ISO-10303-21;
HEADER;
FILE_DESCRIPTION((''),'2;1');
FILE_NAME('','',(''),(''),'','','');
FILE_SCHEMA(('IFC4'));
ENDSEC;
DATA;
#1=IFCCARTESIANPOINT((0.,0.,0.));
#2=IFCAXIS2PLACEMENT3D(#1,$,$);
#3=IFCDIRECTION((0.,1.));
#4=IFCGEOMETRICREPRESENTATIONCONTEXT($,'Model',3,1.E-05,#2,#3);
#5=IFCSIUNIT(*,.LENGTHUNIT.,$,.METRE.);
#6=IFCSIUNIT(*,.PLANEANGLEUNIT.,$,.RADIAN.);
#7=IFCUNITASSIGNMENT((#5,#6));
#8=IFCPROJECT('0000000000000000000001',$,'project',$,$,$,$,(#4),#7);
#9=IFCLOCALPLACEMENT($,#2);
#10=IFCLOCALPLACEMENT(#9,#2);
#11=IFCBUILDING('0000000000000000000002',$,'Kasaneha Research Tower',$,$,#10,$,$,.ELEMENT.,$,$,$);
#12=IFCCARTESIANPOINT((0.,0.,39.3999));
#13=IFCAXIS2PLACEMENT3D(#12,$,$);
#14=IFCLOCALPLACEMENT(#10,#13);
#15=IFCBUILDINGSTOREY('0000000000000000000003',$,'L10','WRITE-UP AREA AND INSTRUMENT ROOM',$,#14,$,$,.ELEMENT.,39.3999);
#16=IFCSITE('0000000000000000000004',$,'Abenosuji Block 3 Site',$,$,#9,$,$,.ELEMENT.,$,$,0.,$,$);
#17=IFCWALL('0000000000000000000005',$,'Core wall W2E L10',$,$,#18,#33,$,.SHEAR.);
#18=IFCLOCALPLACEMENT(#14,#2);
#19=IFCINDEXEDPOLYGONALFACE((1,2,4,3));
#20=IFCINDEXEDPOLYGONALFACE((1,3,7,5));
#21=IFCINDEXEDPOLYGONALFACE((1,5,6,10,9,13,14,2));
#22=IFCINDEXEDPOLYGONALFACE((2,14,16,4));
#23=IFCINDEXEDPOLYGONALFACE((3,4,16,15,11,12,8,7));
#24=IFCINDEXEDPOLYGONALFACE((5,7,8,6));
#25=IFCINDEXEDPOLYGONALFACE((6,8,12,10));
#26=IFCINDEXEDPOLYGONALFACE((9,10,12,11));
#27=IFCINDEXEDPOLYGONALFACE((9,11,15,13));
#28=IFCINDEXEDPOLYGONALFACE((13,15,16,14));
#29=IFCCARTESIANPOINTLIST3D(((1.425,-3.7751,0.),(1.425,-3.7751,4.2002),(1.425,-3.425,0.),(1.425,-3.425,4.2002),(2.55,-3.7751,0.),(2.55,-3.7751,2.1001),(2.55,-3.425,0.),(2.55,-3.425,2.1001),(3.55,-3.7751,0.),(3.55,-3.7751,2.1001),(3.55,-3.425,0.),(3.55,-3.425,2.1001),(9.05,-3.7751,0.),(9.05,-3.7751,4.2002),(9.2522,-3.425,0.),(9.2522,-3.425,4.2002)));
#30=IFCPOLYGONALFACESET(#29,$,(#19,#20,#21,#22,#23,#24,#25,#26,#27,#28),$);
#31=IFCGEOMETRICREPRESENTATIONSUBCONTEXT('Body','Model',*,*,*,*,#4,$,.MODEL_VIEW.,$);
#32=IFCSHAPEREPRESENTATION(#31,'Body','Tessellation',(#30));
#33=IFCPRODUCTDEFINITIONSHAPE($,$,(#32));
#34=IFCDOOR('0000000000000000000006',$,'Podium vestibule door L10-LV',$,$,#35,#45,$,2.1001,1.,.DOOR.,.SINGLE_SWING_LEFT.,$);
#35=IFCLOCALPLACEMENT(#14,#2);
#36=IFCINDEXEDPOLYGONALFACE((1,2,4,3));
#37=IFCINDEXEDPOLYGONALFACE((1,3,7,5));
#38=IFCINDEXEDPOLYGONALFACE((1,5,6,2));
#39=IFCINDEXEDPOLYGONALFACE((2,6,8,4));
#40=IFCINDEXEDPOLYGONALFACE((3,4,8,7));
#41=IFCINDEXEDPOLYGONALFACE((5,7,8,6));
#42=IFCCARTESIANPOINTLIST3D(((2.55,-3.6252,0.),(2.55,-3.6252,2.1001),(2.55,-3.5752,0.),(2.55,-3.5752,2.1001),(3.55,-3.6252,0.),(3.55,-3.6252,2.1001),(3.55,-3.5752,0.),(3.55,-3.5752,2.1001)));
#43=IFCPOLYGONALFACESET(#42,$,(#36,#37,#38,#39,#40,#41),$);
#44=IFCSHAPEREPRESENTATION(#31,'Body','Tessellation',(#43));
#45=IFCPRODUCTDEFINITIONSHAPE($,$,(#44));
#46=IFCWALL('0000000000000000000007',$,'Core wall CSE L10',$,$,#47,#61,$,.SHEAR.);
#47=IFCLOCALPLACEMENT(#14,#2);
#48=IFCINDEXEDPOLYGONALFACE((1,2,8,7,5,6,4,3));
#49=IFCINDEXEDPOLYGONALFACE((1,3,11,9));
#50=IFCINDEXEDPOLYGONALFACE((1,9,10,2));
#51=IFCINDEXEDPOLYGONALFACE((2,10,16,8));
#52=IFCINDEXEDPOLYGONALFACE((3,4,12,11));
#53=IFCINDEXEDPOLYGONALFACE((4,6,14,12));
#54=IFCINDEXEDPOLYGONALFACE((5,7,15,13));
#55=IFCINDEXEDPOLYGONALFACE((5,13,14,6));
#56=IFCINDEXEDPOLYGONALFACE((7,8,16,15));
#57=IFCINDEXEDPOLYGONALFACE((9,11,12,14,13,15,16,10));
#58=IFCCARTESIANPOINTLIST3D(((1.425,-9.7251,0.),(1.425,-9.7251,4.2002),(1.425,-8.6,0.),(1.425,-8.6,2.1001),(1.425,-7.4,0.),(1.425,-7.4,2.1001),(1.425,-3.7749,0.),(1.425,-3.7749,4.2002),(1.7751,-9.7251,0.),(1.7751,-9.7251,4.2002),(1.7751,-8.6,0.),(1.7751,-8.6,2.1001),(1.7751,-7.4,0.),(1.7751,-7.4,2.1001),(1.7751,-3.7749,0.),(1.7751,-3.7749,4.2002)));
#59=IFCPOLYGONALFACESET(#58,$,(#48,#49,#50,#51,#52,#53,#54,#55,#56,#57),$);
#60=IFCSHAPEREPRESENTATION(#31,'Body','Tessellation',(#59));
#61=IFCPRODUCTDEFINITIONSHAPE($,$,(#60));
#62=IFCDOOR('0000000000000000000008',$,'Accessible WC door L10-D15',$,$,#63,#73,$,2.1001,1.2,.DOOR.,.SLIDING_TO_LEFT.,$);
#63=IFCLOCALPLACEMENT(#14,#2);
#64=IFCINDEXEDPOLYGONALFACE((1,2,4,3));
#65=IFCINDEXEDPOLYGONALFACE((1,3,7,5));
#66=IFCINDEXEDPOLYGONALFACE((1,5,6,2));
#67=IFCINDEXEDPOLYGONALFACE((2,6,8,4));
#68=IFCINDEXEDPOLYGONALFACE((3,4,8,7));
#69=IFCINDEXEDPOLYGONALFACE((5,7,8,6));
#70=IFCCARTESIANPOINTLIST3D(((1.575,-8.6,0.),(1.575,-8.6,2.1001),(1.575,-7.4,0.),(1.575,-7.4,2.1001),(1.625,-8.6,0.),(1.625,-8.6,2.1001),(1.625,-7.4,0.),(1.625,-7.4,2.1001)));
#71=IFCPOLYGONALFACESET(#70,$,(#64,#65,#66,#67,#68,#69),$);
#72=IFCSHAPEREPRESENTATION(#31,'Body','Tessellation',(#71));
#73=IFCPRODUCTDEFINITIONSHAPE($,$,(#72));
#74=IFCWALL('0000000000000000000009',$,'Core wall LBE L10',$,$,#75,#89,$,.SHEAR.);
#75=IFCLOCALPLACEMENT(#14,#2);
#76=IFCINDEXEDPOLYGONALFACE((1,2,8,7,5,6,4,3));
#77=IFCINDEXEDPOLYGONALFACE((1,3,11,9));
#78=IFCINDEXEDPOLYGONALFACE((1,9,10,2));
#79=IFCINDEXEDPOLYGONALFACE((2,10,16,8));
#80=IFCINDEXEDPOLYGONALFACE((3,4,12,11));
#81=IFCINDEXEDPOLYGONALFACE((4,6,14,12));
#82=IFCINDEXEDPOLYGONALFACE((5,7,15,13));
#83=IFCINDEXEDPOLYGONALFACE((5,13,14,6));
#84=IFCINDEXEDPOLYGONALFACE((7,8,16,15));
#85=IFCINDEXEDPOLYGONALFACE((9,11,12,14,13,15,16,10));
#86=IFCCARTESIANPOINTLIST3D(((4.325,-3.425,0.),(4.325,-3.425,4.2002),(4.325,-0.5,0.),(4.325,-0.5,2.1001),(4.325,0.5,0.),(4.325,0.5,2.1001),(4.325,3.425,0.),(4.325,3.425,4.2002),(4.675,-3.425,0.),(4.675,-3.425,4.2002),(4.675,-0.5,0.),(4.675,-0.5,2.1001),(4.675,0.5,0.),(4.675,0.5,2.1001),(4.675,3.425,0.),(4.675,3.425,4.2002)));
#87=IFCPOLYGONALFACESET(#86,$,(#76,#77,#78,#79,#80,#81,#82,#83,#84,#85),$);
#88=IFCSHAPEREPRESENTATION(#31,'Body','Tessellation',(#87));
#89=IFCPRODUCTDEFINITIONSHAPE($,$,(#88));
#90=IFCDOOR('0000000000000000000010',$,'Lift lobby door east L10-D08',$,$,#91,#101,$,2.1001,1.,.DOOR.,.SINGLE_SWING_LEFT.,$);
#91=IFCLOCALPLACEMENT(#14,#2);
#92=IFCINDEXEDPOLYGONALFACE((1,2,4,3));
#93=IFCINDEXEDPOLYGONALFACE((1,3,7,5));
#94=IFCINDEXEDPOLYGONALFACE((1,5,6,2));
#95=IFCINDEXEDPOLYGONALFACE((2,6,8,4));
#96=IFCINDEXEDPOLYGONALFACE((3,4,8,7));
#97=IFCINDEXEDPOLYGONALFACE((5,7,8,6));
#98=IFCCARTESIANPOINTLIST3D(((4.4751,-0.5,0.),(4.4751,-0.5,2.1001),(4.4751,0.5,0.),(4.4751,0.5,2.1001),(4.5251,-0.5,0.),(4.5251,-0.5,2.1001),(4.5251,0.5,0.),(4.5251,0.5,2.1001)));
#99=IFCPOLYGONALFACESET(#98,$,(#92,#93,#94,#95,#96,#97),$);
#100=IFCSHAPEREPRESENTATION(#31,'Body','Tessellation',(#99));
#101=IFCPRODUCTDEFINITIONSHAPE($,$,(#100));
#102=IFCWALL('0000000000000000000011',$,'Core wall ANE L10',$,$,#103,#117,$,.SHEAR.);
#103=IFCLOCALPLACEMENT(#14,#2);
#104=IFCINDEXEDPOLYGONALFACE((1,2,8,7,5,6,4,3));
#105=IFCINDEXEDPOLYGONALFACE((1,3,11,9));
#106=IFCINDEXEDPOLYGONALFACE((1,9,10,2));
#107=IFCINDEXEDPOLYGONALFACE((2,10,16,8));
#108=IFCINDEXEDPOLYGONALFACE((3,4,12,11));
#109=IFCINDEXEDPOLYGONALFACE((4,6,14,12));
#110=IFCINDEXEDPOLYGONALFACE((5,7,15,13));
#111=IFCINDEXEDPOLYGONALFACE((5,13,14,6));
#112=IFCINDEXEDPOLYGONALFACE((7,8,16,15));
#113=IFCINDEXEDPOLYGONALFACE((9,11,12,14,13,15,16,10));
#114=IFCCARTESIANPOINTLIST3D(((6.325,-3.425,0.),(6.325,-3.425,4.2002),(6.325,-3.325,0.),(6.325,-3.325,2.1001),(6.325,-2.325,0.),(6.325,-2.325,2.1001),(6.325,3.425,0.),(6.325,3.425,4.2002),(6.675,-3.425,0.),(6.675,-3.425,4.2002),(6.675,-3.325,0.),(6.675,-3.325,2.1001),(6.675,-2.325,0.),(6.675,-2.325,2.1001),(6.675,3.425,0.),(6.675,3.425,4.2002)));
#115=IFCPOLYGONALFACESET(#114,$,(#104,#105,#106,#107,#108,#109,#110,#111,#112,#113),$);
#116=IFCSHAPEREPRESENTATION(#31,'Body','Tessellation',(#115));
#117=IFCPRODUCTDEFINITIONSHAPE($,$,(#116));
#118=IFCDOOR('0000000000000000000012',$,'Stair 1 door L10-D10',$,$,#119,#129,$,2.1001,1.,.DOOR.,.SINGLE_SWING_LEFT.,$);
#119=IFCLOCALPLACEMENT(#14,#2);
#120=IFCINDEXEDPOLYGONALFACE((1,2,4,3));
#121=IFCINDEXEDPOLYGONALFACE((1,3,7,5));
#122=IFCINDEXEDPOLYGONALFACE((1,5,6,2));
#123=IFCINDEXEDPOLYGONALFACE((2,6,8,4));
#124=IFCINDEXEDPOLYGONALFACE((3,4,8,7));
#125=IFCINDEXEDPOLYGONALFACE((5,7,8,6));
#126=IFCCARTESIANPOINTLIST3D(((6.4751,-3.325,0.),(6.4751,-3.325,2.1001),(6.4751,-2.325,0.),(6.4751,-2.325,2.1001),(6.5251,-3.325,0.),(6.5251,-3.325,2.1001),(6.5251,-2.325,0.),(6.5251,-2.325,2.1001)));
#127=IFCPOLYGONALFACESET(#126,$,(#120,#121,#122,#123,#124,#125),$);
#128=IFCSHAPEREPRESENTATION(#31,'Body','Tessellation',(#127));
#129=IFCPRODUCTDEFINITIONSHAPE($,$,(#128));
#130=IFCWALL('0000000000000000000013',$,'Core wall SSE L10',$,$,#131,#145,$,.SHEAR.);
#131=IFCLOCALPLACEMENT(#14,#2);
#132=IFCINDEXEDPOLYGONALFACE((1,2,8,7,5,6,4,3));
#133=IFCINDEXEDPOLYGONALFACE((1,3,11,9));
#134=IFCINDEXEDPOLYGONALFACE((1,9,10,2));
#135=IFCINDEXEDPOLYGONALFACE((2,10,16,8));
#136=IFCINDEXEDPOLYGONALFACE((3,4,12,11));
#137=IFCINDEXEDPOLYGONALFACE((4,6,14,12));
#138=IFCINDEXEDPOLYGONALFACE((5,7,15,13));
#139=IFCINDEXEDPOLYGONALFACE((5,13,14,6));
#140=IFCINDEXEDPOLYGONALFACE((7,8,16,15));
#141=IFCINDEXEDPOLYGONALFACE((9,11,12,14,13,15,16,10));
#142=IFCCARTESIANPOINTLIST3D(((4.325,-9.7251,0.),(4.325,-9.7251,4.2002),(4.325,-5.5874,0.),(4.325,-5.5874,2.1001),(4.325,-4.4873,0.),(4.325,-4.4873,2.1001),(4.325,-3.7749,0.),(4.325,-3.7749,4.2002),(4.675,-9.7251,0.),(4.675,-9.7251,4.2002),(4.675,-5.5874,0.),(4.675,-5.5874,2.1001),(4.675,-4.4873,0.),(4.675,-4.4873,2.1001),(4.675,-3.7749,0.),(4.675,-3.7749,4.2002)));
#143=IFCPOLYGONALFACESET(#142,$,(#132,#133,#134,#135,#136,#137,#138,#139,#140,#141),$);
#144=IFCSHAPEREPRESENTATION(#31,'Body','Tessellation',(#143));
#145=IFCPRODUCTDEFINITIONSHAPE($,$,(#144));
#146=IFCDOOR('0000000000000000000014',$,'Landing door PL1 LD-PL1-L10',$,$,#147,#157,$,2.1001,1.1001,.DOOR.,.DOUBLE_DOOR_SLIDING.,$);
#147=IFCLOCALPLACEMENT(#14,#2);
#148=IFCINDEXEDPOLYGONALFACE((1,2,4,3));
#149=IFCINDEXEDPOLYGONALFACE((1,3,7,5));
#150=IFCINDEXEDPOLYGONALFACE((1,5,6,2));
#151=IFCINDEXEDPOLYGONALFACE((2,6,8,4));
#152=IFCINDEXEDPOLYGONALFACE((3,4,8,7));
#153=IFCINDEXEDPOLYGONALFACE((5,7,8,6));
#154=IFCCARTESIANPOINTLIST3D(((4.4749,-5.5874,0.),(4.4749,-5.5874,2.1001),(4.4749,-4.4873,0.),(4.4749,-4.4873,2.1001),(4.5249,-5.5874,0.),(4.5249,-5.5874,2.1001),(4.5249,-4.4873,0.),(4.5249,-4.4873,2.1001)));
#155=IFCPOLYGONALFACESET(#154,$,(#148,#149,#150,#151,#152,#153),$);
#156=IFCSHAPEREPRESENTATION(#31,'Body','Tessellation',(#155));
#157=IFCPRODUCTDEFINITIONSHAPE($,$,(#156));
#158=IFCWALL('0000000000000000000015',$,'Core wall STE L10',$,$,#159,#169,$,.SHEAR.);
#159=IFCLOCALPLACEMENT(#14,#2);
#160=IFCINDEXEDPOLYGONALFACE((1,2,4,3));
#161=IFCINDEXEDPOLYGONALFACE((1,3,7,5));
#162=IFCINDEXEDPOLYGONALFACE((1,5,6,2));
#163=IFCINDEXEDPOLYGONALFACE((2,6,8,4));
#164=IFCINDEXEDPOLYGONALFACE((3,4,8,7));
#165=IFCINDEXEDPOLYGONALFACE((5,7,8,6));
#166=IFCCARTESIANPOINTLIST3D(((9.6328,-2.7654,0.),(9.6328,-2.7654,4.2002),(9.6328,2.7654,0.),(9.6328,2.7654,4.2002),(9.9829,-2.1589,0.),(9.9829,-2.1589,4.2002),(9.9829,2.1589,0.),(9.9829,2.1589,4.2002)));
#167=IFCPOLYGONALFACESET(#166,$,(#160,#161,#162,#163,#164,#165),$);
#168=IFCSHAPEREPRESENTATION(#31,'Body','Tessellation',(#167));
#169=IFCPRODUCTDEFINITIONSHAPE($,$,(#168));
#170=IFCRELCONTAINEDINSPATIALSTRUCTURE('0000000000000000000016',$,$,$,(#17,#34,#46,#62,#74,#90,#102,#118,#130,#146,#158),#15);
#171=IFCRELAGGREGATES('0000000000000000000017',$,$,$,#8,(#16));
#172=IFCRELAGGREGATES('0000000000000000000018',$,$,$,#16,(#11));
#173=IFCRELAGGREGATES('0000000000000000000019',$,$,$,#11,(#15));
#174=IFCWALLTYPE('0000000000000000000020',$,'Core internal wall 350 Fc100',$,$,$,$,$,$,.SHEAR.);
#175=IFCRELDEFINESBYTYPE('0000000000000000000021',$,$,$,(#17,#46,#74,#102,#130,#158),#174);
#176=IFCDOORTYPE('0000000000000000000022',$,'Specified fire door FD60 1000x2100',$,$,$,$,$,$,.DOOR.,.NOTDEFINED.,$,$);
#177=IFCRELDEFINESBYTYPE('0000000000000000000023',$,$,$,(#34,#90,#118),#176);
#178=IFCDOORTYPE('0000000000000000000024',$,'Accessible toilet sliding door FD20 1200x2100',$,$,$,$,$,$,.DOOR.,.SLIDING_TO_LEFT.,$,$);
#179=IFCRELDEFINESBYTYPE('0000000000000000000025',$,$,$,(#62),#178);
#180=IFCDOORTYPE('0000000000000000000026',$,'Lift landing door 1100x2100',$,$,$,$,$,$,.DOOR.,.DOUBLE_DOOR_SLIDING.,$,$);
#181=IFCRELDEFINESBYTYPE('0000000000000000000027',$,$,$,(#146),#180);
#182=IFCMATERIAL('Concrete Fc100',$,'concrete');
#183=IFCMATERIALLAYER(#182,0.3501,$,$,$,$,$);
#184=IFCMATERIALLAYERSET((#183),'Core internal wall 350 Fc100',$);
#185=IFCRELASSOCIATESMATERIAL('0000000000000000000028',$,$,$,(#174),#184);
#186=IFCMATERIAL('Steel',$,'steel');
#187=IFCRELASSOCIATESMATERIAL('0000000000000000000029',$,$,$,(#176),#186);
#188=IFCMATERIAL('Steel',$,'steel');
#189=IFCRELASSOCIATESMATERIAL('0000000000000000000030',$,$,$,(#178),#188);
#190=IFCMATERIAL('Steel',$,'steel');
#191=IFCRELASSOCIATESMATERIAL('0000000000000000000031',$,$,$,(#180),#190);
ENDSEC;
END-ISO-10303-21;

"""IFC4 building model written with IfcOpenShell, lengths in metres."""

from ifc_helpers import new_model, si_unit, direction, frame, frame_2d, origin, place, context, subcontext, project, spatial, polyline, rectangle, outline, extrude, material, layer, layer_set, type_object, element, fill, save


model = new_model("IFC4")

# Units and contexts
model_context = context("Model", 3, precision=1e-05, world=origin(), true_north=direction((0.0, 1.0)))
body_context = subcontext(model_context, "Body", "Model", "MODEL_VIEW")
ifc_project = project(units=[si_unit("LENGTHUNIT", "METRE"), si_unit("PLANEANGLEUNIT", "RADIAN")], contexts=[model_context])

# Site, building, storey
site_placement = place(None, origin())
site = spatial("IfcSite", under=ifc_project, at=site_placement, Name="Abenosuji Block 3 Site", CompositionType="ELEMENT", RefElevation=0.0)
building_placement = place(site_placement, origin())
building = spatial("IfcBuilding", under=site, at=building_placement, Name="Kasaneha Research Tower", CompositionType="ELEMENT")
storey_placement = place(building_placement, frame((0.0, 0.0, 39.3999)))
storey = spatial("IfcBuildingStorey", under=building, at=storey_placement, Name="L10", Description="WRITE-UP AREA AND INSTRUMENT ROOM", CompositionType="ELEMENT", Elevation=39.3999)

# Walls, openings, doors
ifc_material_1 = material(Name="Concrete Fc100", Category="concrete")
ifc_layer_1 = layer(ifc_material_1, 0.3501)
ifc_layer_set_1 = layer_set([ifc_layer_1], Name="Core internal wall 350 Fc100")
wall_type_1 = type_object("IfcWallType", Name="Core internal wall 350 Fc100", PredefinedType="SHEAR", material=ifc_layer_set_1)
wall_1_placement = place(storey_placement, frame((1.425, -3.6001, 0.0), z_axis=(0.0, 0.0, 1.0), x_axis=(1.0, 0.0, 0.0)))
wall_1 = element("IfcWall", 1, at=wall_1_placement, inside=storey, type_object=wall_type_1, Name="Core wall W2E L10", PredefinedType="SHEAR", context=body_context, shape_type="SweptSolid", body=[
    extrude(outline(polyline([(0.0, -0.175), (1.125, -0.175), (2.125, -0.175), (7.625, -0.175), (7.8271, 0.175), (2.125, 0.175), (1.125, 0.175), (0.0, 0.175), (0.0, -0.175)])), origin(), (0.0, 0.0, 1.0), 4.2002),
])
opening_1_placement = place(wall_1_placement, frame((1.125, 0.0, 0.0)))
opening_1 = element("IfcOpeningElement", 2, at=opening_1_placement, cuts=wall_1, PredefinedType="OPENING", context=body_context, shape_type="SweptSolid", body=[
    extrude(rectangle(XDim=1.0, YDim=2.1001, at=frame_2d((0.5, 1.05))), frame((0.0, 0.1851, 0.0), z_axis=(0.0, -1.0, 0.0), x_axis=(1.0, 0.0, 0.0)), (0.0, 0.0, 1.0), 0.3701),
])
ifc_material_2 = material(Name="Steel", Category="steel")
door_type_1 = type_object("IfcDoorType", Name="Specified fire door FD60 1000x2100", OperationType="NOTDEFINED", PredefinedType="DOOR", material=ifc_material_2)
door_1_placement = place(opening_1_placement, origin())
door_1 = element("IfcDoor", 3, at=door_1_placement, inside=storey, type_object=door_type_1, Name="Podium vestibule door L10-LV", OperationType="SINGLE_SWING_LEFT", OverallHeight=2.1001, OverallWidth=1.0, PredefinedType="DOOR", context=body_context, shape_type="SweptSolid", body=[
    extrude(rectangle(XDim=1.0, YDim=2.1001, at=frame_2d((0.5, 1.05))), frame((0.0, 0.0249, 0.0), z_axis=(0.0, -1.0, 0.0), x_axis=(1.0, 0.0, 0.0)), (0.0, 0.0, 1.0), 0.05),
])
fill(opening_1, door_1)
wall_2_placement = place(storey_placement, frame((1.6001, -3.7749, 0.0), z_axis=(0.0, 0.0, 1.0), x_axis=(0.0, -1.0, 0.0)))
wall_2 = element("IfcWall", 4, at=wall_2_placement, inside=storey, type_object=wall_type_1, Name="Core wall CSE L10", PredefinedType="SHEAR", context=body_context, shape_type="SweptSolid", body=[
    extrude(rectangle(XDim=5.9502, YDim=0.3501, at=frame_2d((2.9751, 0.0))), origin(), (0.0, 0.0, 1.0), 4.2002),
])
opening_2_placement = place(wall_2_placement, frame((3.625, 0.0, 0.0)))
opening_2 = element("IfcOpeningElement", 5, at=opening_2_placement, cuts=wall_2, PredefinedType="OPENING", context=body_context, shape_type="SweptSolid", body=[
    extrude(rectangle(XDim=1.2, YDim=2.1001, at=frame_2d((0.6001, 1.05))), frame((0.0, 0.1851, 0.0), z_axis=(0.0, -1.0, 0.0), x_axis=(1.0, 0.0, 0.0)), (0.0, 0.0, 1.0), 0.3701),
])
ifc_material_3 = material(Name="Steel", Category="steel")
door_type_2 = type_object("IfcDoorType", Name="Accessible toilet sliding door FD20 1200x2100", OperationType="SLIDING_TO_LEFT", PredefinedType="DOOR", material=ifc_material_3)
door_2_placement = place(opening_2_placement, origin())
door_2 = element("IfcDoor", 6, at=door_2_placement, inside=storey, type_object=door_type_2, Name="Accessible WC door L10-D15", OperationType="SLIDING_TO_LEFT", OverallHeight=2.1001, OverallWidth=1.2, PredefinedType="DOOR", context=body_context, shape_type="SweptSolid", body=[
    extrude(rectangle(XDim=1.2, YDim=2.1001, at=frame_2d((0.6001, 1.05))), frame((0.0, 0.0249, 0.0), z_axis=(0.0, -1.0, 0.0), x_axis=(1.0, 0.0, 0.0)), (0.0, 0.0, 1.0), 0.05),
])
fill(opening_2, door_2)
wall_3_placement = place(storey_placement, frame((4.5, -3.425, 0.0), z_axis=(0.0, 0.0, 1.0), x_axis=(0.0, 1.0, 0.0)))
wall_3 = element("IfcWall", 7, at=wall_3_placement, inside=storey, type_object=wall_type_1, Name="Core wall LBE L10", PredefinedType="SHEAR", context=body_context, shape_type="SweptSolid", body=[
    extrude(rectangle(XDim=6.8501, YDim=0.3501, at=frame_2d((3.425, 0.0))), origin(), (0.0, 0.0, 1.0), 4.2002),
])
opening_3_placement = place(wall_3_placement, frame((2.925, 0.0, 0.0)))
opening_3 = element("IfcOpeningElement", 8, at=opening_3_placement, cuts=wall_3, PredefinedType="OPENING", context=body_context, shape_type="SweptSolid", body=[
    extrude(rectangle(XDim=1.0, YDim=2.1001, at=frame_2d((0.5, 1.05))), frame((0.0, 0.1851, 0.0), z_axis=(0.0, -1.0, 0.0), x_axis=(1.0, 0.0, 0.0)), (0.0, 0.0, 1.0), 0.3701),
])
door_3_placement = place(opening_3_placement, origin())
door_3 = element("IfcDoor", 9, at=door_3_placement, inside=storey, type_object=door_type_1, Name="Lift lobby door east L10-D08", OperationType="SINGLE_SWING_LEFT", OverallHeight=2.1001, OverallWidth=1.0, PredefinedType="DOOR", context=body_context, shape_type="SweptSolid", body=[
    extrude(rectangle(XDim=1.0, YDim=2.1001, at=frame_2d((0.5, 1.05))), frame((0.0, 0.0249, 0.0), z_axis=(0.0, -1.0, 0.0), x_axis=(1.0, 0.0, 0.0)), (0.0, 0.0, 1.0), 0.05),
])
fill(opening_3, door_3)
wall_4_placement = place(storey_placement, frame((6.5, -3.425, 0.0), z_axis=(0.0, 0.0, 1.0), x_axis=(0.0, 1.0, 0.0)))
wall_4 = element("IfcWall", 10, at=wall_4_placement, inside=storey, type_object=wall_type_1, Name="Core wall ANE L10", PredefinedType="SHEAR", context=body_context, shape_type="SweptSolid", body=[
    extrude(rectangle(XDim=6.8501, YDim=0.3501, at=frame_2d((3.425, 0.0))), origin(), (0.0, 0.0, 1.0), 4.2002),
])
opening_4_placement = place(wall_4_placement, frame((0.1001, 0.0, 0.0)))
opening_4 = element("IfcOpeningElement", 11, at=opening_4_placement, cuts=wall_4, PredefinedType="OPENING", context=body_context, shape_type="SweptSolid", body=[
    extrude(rectangle(XDim=1.0, YDim=2.1001, at=frame_2d((0.5, 1.05))), frame((0.0, 0.1851, 0.0), z_axis=(0.0, -1.0, 0.0), x_axis=(1.0, 0.0, 0.0)), (0.0, 0.0, 1.0), 0.3701),
])
door_4_placement = place(opening_4_placement, origin())
door_4 = element("IfcDoor", 12, at=door_4_placement, inside=storey, type_object=door_type_1, Name="Stair 1 door L10-D10", OperationType="SINGLE_SWING_LEFT", OverallHeight=2.1001, OverallWidth=1.0, PredefinedType="DOOR", context=body_context, shape_type="SweptSolid", body=[
    extrude(rectangle(XDim=1.0, YDim=2.1001, at=frame_2d((0.5, 1.05))), frame((0.0, 0.0249, 0.0), z_axis=(0.0, -1.0, 0.0), x_axis=(1.0, 0.0, 0.0)), (0.0, 0.0, 1.0), 0.05),
])
fill(opening_4, door_4)
wall_5_placement = place(storey_placement, frame((4.5, -3.7749, 0.0), z_axis=(0.0, 0.0, 1.0), x_axis=(0.0, -1.0, 0.0)))
wall_5 = element("IfcWall", 13, at=wall_5_placement, inside=storey, type_object=wall_type_1, Name="Core wall SSE L10", PredefinedType="SHEAR", context=body_context, shape_type="SweptSolid", body=[
    extrude(rectangle(XDim=5.9502, YDim=0.3501, at=frame_2d((2.9751, 0.0))), origin(), (0.0, 0.0, 1.0), 4.2002),
])
opening_5_placement = place(wall_5_placement, frame((0.7124, 0.0, 0.0)))
opening_5 = element("IfcOpeningElement", 14, at=opening_5_placement, cuts=wall_5, PredefinedType="OPENING", context=body_context, shape_type="SweptSolid", body=[
    extrude(rectangle(XDim=1.1001, YDim=2.1001, at=frame_2d((0.55, 1.05))), frame((0.0, 0.1851, 0.0), z_axis=(0.0, -1.0, 0.0), x_axis=(1.0, 0.0, 0.0)), (0.0, 0.0, 1.0), 0.3701),
])
ifc_material_4 = material(Name="Steel", Category="steel")
door_type_3 = type_object("IfcDoorType", Name="Lift landing door 1100x2100", OperationType="DOUBLE_DOOR_SLIDING", PredefinedType="DOOR", material=ifc_material_4)
door_5_placement = place(opening_5_placement, origin())
door_5 = element("IfcDoor", 15, at=door_5_placement, inside=storey, type_object=door_type_3, Name="Landing door PL1 LD-PL1-L10", OperationType="DOUBLE_DOOR_SLIDING", OverallHeight=2.1001, OverallWidth=1.1001, PredefinedType="DOOR", context=body_context, shape_type="SweptSolid", body=[
    extrude(rectangle(XDim=1.1001, YDim=2.1001, at=frame_2d((0.55, 1.05))), frame((0.0, 0.0249, 0.0), z_axis=(0.0, -1.0, 0.0), x_axis=(1.0, 0.0, 0.0)), (0.0, 0.0, 1.0), 0.05),
])
fill(opening_5, door_5)

# Wall
wall_6_placement = place(storey_placement, frame((9.8079, -2.4622, 0.0), z_axis=(0.0, 0.0, 1.0), x_axis=(0.0, 1.0, 0.0)))
element("IfcWall", 16, at=wall_6_placement, inside=storey, type_object=wall_type_1, Name="Core wall STE L10", PredefinedType="SHEAR", context=body_context, shape_type="SweptSolid", body=[
    extrude(outline(polyline([(0.3032, -0.175), (4.6211, -0.175), (5.2275, 0.175), (-0.3032, 0.175), (0.3032, -0.175)])), origin(), (0.0, 0.0, 1.0), 4.2002),
])

save(model, "model.ifc")
